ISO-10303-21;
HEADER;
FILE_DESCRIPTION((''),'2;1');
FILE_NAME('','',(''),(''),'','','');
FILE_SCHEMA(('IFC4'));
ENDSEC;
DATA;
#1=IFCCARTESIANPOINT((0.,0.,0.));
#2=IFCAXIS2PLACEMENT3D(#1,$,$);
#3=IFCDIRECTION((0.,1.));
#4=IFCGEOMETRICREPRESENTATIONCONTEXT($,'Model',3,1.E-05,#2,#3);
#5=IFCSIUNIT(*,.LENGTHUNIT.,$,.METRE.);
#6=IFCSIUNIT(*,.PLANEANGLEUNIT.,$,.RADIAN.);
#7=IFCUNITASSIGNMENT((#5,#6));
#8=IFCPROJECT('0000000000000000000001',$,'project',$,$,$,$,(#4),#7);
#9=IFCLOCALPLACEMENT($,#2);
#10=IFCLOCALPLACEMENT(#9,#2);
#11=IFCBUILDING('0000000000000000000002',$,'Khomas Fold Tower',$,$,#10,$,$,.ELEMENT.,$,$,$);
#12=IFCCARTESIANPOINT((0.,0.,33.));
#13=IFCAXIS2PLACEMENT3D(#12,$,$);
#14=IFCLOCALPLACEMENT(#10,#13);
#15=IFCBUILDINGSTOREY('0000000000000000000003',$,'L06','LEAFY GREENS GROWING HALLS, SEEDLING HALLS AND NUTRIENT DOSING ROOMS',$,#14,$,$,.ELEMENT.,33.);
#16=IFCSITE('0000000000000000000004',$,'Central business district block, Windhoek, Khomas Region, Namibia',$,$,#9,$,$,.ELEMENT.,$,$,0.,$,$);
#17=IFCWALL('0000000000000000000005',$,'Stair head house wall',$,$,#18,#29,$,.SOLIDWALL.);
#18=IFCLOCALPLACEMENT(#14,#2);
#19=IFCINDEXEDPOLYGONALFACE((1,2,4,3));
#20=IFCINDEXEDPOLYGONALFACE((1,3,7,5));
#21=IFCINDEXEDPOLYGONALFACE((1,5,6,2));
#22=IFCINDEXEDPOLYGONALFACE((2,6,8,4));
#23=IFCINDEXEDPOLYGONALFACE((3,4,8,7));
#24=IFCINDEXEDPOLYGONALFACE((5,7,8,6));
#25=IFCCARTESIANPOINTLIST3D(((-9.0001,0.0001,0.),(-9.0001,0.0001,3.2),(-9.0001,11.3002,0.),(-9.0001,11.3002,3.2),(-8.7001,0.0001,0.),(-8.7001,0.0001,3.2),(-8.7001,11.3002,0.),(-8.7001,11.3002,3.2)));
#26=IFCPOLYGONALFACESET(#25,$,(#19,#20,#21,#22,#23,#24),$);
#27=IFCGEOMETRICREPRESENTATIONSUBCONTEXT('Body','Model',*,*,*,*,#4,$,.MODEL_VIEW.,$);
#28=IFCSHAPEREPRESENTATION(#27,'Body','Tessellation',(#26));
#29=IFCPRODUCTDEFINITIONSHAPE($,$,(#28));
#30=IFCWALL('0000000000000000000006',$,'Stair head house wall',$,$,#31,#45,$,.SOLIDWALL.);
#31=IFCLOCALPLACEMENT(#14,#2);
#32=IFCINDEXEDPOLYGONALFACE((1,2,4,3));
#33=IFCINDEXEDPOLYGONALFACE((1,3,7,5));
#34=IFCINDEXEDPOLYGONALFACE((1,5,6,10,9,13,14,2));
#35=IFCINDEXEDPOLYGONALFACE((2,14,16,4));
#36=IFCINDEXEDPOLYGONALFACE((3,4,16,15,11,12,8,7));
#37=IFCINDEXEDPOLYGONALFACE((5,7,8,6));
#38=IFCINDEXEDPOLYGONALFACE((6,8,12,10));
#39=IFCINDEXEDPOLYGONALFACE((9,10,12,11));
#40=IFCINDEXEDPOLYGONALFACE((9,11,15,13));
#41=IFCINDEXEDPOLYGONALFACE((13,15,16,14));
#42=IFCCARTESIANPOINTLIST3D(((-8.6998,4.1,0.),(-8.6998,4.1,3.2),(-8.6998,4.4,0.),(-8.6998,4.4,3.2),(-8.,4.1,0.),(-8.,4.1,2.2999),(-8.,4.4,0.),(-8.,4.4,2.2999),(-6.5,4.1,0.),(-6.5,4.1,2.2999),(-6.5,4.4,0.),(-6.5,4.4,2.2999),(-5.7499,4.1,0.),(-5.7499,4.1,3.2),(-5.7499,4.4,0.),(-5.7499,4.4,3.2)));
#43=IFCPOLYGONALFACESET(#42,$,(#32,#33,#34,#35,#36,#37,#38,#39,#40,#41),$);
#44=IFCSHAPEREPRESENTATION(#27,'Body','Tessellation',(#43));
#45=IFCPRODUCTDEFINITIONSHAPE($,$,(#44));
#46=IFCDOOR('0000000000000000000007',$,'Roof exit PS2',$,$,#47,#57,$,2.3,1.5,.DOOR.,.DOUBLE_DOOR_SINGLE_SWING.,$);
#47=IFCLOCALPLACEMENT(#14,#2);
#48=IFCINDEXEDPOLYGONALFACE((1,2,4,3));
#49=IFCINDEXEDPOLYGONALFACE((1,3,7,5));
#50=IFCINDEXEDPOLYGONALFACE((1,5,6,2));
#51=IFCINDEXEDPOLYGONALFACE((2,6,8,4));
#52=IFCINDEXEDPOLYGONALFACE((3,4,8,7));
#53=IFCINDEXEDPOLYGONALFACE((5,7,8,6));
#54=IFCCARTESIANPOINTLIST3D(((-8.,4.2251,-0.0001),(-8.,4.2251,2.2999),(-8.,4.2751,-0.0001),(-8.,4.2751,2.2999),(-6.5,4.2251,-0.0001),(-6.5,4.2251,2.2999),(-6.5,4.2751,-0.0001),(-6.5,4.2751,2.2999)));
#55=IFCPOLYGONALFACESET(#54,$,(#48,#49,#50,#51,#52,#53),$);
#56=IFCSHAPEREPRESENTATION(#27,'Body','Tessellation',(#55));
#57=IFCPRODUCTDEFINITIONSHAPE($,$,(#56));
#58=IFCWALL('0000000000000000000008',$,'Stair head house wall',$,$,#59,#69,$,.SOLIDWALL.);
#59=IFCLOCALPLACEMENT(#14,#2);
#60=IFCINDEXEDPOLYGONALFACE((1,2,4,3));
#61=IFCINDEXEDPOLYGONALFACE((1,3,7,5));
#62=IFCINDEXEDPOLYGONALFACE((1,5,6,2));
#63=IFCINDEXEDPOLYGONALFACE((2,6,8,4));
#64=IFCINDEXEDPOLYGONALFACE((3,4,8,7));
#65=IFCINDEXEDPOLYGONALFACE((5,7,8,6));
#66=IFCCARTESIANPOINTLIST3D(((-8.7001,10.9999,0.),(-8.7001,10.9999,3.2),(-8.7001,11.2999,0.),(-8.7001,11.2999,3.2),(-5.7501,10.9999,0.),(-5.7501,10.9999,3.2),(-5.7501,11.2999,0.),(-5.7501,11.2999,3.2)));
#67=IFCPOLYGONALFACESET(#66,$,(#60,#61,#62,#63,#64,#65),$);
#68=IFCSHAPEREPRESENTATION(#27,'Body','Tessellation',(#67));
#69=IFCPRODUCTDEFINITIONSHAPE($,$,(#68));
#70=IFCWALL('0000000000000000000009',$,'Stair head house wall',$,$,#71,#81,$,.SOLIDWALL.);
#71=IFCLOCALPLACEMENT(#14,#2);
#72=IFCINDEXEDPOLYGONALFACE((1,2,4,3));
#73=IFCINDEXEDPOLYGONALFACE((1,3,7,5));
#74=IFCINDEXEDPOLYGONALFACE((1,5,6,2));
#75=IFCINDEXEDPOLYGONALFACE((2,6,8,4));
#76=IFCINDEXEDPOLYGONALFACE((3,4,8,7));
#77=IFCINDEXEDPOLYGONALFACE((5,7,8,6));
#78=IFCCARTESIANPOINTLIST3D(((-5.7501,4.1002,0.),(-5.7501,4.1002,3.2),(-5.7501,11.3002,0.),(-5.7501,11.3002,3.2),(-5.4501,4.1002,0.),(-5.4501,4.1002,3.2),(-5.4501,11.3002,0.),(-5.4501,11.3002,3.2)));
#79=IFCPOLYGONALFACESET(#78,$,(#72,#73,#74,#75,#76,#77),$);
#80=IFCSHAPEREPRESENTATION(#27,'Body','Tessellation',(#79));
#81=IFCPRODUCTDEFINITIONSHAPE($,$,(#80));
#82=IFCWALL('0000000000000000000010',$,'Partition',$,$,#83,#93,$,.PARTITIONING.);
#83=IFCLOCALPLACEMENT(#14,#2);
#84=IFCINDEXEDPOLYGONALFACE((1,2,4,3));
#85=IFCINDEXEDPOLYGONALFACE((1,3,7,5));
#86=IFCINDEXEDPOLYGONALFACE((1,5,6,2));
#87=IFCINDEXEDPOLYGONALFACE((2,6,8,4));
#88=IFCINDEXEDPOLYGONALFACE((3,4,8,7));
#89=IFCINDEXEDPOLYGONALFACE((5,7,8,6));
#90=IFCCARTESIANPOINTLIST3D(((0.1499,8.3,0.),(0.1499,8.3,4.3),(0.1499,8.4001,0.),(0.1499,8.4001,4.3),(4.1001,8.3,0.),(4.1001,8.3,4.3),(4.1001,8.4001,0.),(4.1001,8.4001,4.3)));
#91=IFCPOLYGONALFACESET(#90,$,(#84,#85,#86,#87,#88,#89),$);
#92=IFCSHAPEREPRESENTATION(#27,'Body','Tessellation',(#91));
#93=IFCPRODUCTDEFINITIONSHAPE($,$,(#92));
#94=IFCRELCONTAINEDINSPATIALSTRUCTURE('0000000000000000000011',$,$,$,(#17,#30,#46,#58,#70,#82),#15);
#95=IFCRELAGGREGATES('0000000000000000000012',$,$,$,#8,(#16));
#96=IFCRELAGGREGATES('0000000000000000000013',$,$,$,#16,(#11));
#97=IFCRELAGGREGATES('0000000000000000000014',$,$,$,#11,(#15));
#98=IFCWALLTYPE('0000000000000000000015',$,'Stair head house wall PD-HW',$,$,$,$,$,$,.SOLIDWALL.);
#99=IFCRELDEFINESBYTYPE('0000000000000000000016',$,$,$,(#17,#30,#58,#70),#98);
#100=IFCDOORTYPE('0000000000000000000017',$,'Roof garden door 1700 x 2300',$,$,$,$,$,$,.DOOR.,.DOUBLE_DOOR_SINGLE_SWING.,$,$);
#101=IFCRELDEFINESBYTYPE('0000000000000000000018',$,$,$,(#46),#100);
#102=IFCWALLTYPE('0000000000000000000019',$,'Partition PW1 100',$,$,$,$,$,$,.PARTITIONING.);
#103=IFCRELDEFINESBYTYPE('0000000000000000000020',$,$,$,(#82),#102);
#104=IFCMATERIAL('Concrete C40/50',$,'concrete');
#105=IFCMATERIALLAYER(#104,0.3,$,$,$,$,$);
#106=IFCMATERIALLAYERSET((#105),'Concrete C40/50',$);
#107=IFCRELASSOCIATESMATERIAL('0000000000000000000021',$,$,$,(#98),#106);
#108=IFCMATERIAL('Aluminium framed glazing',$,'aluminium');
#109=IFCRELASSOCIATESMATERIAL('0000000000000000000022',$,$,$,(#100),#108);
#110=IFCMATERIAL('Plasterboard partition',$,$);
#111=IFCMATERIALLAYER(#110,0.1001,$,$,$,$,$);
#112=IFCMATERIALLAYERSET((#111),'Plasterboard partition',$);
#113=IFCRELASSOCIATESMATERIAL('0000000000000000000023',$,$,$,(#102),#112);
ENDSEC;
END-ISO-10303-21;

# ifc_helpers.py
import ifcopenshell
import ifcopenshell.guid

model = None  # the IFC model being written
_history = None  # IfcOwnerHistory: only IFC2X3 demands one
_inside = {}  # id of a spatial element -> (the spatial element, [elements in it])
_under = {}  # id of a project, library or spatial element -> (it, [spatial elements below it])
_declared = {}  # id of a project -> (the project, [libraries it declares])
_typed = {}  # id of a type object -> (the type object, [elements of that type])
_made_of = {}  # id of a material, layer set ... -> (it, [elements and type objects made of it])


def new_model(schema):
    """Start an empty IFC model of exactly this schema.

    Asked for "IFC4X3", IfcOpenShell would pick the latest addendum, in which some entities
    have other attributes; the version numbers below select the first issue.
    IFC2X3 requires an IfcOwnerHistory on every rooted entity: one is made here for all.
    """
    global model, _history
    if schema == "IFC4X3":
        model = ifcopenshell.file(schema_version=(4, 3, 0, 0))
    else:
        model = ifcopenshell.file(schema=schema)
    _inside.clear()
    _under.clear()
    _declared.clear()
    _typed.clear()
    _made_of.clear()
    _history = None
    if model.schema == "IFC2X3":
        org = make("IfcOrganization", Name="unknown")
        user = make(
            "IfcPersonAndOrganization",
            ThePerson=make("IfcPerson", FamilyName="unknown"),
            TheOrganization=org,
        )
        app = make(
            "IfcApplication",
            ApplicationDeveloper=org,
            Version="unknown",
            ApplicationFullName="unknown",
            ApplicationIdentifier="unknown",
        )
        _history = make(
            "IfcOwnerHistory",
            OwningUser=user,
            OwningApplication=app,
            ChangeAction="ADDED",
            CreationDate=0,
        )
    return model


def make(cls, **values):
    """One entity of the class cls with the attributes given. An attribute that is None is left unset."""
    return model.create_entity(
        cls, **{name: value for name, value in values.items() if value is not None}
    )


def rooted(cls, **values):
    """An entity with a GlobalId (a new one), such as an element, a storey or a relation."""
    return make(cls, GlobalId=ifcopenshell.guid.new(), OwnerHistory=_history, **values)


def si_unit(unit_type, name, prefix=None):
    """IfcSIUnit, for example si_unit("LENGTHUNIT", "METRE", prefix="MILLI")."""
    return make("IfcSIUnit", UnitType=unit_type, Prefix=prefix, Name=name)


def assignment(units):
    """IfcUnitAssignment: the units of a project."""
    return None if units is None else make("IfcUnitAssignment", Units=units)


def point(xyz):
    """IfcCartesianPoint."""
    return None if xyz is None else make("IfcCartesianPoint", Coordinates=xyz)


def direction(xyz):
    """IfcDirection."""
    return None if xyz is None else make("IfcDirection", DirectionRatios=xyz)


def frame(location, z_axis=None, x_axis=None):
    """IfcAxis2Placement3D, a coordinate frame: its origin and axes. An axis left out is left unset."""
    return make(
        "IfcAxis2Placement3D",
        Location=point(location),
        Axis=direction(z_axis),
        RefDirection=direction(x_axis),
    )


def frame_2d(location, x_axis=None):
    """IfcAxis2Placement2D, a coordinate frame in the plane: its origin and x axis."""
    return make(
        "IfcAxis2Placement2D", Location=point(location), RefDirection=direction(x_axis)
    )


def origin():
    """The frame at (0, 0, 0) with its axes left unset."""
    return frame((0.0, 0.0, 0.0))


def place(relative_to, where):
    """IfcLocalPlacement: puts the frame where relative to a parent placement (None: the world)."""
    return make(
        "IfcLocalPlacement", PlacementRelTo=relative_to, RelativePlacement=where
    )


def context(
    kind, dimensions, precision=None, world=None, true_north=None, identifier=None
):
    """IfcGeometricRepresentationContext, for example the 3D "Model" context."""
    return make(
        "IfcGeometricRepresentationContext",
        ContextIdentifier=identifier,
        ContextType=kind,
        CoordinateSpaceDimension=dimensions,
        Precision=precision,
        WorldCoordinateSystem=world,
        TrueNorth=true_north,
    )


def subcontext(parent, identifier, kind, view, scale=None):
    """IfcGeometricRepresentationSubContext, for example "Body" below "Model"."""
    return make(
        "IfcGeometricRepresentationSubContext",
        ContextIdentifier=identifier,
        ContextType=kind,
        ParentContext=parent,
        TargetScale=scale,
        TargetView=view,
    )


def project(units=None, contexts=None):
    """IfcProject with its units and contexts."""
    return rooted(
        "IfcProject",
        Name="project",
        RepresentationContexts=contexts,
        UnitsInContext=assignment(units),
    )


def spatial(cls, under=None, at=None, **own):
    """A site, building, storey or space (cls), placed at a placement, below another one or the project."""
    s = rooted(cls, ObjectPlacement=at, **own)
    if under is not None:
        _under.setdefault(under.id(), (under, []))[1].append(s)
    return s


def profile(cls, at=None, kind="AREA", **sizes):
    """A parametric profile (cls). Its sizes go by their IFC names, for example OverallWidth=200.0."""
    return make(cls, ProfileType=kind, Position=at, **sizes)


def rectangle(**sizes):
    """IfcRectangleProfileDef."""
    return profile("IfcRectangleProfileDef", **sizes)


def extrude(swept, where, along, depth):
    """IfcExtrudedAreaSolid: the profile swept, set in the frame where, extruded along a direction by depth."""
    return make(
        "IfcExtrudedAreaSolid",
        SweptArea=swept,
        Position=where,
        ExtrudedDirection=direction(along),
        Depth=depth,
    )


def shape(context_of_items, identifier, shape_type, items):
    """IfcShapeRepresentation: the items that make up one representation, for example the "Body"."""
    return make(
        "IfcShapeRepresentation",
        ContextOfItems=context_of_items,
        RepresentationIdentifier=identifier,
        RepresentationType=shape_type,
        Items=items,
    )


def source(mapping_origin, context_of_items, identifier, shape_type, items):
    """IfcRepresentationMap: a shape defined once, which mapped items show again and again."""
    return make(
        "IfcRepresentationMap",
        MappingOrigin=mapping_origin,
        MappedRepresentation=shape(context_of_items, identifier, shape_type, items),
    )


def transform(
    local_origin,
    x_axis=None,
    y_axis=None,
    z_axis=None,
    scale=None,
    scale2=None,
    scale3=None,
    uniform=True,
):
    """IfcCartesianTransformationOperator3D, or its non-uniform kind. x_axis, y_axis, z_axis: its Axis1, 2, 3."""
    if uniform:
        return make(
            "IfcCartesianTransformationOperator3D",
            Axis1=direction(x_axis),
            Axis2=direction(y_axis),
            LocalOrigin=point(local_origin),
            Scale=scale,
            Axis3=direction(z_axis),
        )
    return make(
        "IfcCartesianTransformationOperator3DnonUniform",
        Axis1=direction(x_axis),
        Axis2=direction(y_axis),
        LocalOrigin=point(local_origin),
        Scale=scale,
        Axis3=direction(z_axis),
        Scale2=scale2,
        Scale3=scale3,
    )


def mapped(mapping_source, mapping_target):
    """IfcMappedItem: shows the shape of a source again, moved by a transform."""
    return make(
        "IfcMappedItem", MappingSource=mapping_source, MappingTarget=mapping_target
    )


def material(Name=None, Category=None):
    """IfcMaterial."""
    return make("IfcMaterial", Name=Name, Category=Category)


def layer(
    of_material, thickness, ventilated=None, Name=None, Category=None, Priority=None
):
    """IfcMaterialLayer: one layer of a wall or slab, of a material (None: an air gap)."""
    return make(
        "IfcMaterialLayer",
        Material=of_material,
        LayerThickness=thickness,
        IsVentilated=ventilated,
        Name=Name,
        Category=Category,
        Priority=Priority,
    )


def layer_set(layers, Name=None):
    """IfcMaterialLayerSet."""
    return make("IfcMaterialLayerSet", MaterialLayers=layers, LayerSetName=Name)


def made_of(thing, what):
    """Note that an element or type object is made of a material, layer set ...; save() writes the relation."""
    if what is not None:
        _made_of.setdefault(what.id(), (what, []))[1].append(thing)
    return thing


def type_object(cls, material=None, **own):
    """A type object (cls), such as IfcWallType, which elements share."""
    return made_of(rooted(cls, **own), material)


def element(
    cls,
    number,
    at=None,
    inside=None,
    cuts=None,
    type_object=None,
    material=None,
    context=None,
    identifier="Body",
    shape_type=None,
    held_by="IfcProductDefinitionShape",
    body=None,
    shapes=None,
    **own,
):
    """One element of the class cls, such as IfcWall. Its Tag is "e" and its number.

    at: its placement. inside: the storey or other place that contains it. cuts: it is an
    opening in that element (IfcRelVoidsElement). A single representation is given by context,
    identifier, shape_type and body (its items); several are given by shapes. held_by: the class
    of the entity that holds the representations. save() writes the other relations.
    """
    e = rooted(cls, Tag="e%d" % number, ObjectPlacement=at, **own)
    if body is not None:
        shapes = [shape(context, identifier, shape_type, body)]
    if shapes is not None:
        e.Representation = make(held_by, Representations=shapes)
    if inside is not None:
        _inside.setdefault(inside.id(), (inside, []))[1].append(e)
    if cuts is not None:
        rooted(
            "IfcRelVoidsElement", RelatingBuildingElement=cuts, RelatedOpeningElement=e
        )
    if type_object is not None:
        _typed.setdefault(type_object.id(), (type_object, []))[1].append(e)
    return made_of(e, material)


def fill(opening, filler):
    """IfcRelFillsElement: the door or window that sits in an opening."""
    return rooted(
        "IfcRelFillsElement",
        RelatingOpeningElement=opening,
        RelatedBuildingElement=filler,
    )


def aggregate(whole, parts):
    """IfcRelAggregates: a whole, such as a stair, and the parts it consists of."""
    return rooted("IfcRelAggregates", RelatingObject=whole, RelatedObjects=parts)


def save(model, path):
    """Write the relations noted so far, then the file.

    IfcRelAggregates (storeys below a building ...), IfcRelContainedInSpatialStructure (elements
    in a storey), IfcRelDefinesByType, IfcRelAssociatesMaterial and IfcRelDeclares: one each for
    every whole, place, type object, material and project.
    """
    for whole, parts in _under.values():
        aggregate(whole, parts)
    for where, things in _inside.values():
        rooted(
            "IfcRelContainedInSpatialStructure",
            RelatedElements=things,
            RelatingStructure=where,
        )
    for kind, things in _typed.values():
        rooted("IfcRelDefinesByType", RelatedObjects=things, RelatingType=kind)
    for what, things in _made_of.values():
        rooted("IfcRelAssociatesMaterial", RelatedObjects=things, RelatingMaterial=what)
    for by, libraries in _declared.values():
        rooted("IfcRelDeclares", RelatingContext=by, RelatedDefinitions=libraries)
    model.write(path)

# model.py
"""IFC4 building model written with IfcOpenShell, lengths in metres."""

from ifc_helpers import new_model, si_unit, direction, frame, frame_2d, origin, place, context, subcontext, project, spatial, rectangle, extrude, source, transform, mapped, material, layer, layer_set, type_object, element, fill, save


model = new_model("IFC4")

# Units and contexts
model_context = context("Model", 3, precision=1e-05, world=origin(), true_north=direction((0.0, 1.0)))
body_context = subcontext(model_context, "Body", "Model", "MODEL_VIEW")
ifc_project = project(units=[si_unit("LENGTHUNIT", "METRE"), si_unit("PLANEANGLEUNIT", "RADIAN")], contexts=[model_context])

# Site, building, storey
site_placement = place(None, origin())
site = spatial("IfcSite", under=ifc_project, at=site_placement, Name="Central business district block, Windhoek, Khomas Region, Namibia", CompositionType="ELEMENT", RefElevation=0.0)
building_placement = place(site_placement, origin())
building = spatial("IfcBuilding", under=site, at=building_placement, Name="Khomas Fold Tower", CompositionType="ELEMENT")
storey_placement = place(building_placement, frame((0.0, 0.0, 33.0)))
storey = spatial("IfcBuildingStorey", under=building, at=storey_placement, Name="L06", Description="LEAFY GREENS GROWING HALLS, SEEDLING HALLS AND NUTRIENT DOSING ROOMS", CompositionType="ELEMENT", Elevation=33.0)

# Wall
ifc_material_1 = material(Name="Concrete C40/50", Category="concrete")
ifc_layer_1 = layer(ifc_material_1, 0.3)
ifc_layer_set_1 = layer_set([ifc_layer_1], Name="Concrete C40/50")
wall_type_1 = type_object("IfcWallType", Name="Stair head house wall PD-HW", PredefinedType="SOLIDWALL", material=ifc_layer_set_1)
shared_shape_1 = source(origin(), body_context, "Body", "SweptSolid", [
    extrude(rectangle(XDim=11.3, YDim=0.3, at=frame_2d((5.6499, 0.0))), origin(), (0.0, 0.0, 1.0), 3.2),
])
wall_1_placement = place(storey_placement, frame((-8.8501, 11.3, 0.0), z_axis=(0.0, 0.0, 1.0), x_axis=(0.0, -1.0, 0.0)))
element("IfcWall", 1, at=wall_1_placement, inside=storey, type_object=wall_type_1, Name="Stair head house wall", PredefinedType="SOLIDWALL", context=body_context, shape_type="MappedRepresentation", body=[
    mapped(shared_shape_1, transform((0.0, 0.0, 0.0))),
])

# Wall, opening, door
shared_shape_2 = source(origin(), body_context, "Body", "SweptSolid", [
    extrude(rectangle(XDim=2.95, YDim=0.3, at=frame_2d((1.4751, 0.0))), origin(), (0.0, 0.0, 1.0), 3.2),
])
wall_2_placement = place(storey_placement, frame((-8.7, 4.25, 0.0), z_axis=(0.0, 0.0, 1.0), x_axis=(1.0, 0.0, 0.0)))
wall_2 = element("IfcWall", 2, at=wall_2_placement, inside=storey, type_object=wall_type_1, Name="Stair head house wall", PredefinedType="SOLIDWALL", context=body_context, shape_type="MappedRepresentation", body=[
    mapped(shared_shape_2, transform((0.0, 0.0, 0.0))),
])
shared_shape_3 = source(origin(), body_context, "Body", "SweptSolid", [
    extrude(rectangle(XDim=1.5, YDim=2.3, at=frame_2d((0.75, 1.1499))), frame((0.0, 0.1599, 0.0), z_axis=(0.0, -1.0, 0.0), x_axis=(1.0, 0.0, 0.0)), (0.0, 0.0, 1.0), 0.3201),
])
opening_placement = place(wall_2_placement, frame((2.2, 0.0, 0.0), z_axis=(0.0, 0.0, 1.0), x_axis=(-1.0, 0.0, 0.0)))
opening = element("IfcOpeningElement", 3, at=opening_placement, cuts=wall_2, PredefinedType="OPENING", context=body_context, shape_type="MappedRepresentation", body=[
    mapped(shared_shape_3, transform((0.0, 0.0, 0.0))),
])
ifc_material_2 = material(Name="Aluminium framed glazing", Category="aluminium")
door_type = type_object("IfcDoorType", Name="Roof garden door 1700 x 2300", OperationType="DOUBLE_DOOR_SINGLE_SWING", PredefinedType="DOOR", material=ifc_material_2)
shared_shape_4 = source(origin(), body_context, "Body", "SweptSolid", [
    extrude(rectangle(XDim=1.5, YDim=2.3, at=frame_2d((0.75, 1.1499))), frame((0.0, 0.0249, 0.0), z_axis=(0.0, -1.0, 0.0), x_axis=(1.0, 0.0, 0.0)), (0.0, 0.0, 1.0), 0.05),
])
door_placement = place(opening_placement, origin())
door = element("IfcDoor", 4, at=door_placement, inside=storey, type_object=door_type, Name="Roof exit PS2", OperationType="DOUBLE_DOOR_SINGLE_SWING", OverallHeight=2.3, OverallWidth=1.5, PredefinedType="DOOR", context=body_context, shape_type="MappedRepresentation", body=[
    mapped(shared_shape_4, transform((0.0, 0.0, 0.0))),
])
fill(opening, door)

# Walls
wall_3_placement = place(storey_placement, frame((-5.75, 11.1499, 0.0), z_axis=(0.0, 0.0, 1.0), x_axis=(-1.0, 0.0, 0.0)))
element("IfcWall", 5, at=wall_3_placement, inside=storey, type_object=wall_type_1, Name="Stair head house wall", PredefinedType="SOLIDWALL", context=body_context, shape_type="MappedRepresentation", body=[
    mapped(shared_shape_2, transform((0.0, 0.0, 0.0))),
])
shared_shape_5 = source(origin(), body_context, "Body", "SweptSolid", [
    extrude(rectangle(XDim=7.2, YDim=0.3, at=frame_2d((3.6001, 0.0))), origin(), (0.0, 0.0, 1.0), 3.2),
])
wall_4_placement = place(storey_placement, frame((-5.6001, 4.1001, 0.0), z_axis=(0.0, 0.0, 1.0), x_axis=(0.0, 1.0, 0.0)))
element("IfcWall", 6, at=wall_4_placement, inside=storey, type_object=wall_type_1, Name="Stair head house wall", PredefinedType="SOLIDWALL", context=body_context, shape_type="MappedRepresentation", body=[
    mapped(shared_shape_5, transform((0.0, 0.0, 0.0))),
])
ifc_material_3 = material(Name="Plasterboard partition")
ifc_layer_2 = layer(ifc_material_3, 0.1001)
ifc_layer_set_2 = layer_set([ifc_layer_2], Name="Plasterboard partition")
wall_type_2 = type_object("IfcWallType", Name="Partition PW1 100", PredefinedType="PARTITIONING", material=ifc_layer_set_2)
shared_shape_6 = source(origin(), body_context, "Body", "SweptSolid", [
    extrude(rectangle(XDim=3.9502, YDim=0.1001, at=frame_2d((1.9751, 0.0))), origin(), (0.0, 0.0, 1.0), 4.3),
])
wall_5_placement = place(storey_placement, frame((0.1499, 8.3501, 0.0), z_axis=(0.0, 0.0, 1.0), x_axis=(1.0, 0.0, 0.0)))
element("IfcWall", 7, at=wall_5_placement, inside=storey, type_object=wall_type_2, Name="Partition", PredefinedType="PARTITIONING", context=body_context, shape_type="MappedRepresentation", body=[
    mapped(shared_shape_6, transform((0.0, 0.0, 0.0))),
])

save(model, "model.ifc")
